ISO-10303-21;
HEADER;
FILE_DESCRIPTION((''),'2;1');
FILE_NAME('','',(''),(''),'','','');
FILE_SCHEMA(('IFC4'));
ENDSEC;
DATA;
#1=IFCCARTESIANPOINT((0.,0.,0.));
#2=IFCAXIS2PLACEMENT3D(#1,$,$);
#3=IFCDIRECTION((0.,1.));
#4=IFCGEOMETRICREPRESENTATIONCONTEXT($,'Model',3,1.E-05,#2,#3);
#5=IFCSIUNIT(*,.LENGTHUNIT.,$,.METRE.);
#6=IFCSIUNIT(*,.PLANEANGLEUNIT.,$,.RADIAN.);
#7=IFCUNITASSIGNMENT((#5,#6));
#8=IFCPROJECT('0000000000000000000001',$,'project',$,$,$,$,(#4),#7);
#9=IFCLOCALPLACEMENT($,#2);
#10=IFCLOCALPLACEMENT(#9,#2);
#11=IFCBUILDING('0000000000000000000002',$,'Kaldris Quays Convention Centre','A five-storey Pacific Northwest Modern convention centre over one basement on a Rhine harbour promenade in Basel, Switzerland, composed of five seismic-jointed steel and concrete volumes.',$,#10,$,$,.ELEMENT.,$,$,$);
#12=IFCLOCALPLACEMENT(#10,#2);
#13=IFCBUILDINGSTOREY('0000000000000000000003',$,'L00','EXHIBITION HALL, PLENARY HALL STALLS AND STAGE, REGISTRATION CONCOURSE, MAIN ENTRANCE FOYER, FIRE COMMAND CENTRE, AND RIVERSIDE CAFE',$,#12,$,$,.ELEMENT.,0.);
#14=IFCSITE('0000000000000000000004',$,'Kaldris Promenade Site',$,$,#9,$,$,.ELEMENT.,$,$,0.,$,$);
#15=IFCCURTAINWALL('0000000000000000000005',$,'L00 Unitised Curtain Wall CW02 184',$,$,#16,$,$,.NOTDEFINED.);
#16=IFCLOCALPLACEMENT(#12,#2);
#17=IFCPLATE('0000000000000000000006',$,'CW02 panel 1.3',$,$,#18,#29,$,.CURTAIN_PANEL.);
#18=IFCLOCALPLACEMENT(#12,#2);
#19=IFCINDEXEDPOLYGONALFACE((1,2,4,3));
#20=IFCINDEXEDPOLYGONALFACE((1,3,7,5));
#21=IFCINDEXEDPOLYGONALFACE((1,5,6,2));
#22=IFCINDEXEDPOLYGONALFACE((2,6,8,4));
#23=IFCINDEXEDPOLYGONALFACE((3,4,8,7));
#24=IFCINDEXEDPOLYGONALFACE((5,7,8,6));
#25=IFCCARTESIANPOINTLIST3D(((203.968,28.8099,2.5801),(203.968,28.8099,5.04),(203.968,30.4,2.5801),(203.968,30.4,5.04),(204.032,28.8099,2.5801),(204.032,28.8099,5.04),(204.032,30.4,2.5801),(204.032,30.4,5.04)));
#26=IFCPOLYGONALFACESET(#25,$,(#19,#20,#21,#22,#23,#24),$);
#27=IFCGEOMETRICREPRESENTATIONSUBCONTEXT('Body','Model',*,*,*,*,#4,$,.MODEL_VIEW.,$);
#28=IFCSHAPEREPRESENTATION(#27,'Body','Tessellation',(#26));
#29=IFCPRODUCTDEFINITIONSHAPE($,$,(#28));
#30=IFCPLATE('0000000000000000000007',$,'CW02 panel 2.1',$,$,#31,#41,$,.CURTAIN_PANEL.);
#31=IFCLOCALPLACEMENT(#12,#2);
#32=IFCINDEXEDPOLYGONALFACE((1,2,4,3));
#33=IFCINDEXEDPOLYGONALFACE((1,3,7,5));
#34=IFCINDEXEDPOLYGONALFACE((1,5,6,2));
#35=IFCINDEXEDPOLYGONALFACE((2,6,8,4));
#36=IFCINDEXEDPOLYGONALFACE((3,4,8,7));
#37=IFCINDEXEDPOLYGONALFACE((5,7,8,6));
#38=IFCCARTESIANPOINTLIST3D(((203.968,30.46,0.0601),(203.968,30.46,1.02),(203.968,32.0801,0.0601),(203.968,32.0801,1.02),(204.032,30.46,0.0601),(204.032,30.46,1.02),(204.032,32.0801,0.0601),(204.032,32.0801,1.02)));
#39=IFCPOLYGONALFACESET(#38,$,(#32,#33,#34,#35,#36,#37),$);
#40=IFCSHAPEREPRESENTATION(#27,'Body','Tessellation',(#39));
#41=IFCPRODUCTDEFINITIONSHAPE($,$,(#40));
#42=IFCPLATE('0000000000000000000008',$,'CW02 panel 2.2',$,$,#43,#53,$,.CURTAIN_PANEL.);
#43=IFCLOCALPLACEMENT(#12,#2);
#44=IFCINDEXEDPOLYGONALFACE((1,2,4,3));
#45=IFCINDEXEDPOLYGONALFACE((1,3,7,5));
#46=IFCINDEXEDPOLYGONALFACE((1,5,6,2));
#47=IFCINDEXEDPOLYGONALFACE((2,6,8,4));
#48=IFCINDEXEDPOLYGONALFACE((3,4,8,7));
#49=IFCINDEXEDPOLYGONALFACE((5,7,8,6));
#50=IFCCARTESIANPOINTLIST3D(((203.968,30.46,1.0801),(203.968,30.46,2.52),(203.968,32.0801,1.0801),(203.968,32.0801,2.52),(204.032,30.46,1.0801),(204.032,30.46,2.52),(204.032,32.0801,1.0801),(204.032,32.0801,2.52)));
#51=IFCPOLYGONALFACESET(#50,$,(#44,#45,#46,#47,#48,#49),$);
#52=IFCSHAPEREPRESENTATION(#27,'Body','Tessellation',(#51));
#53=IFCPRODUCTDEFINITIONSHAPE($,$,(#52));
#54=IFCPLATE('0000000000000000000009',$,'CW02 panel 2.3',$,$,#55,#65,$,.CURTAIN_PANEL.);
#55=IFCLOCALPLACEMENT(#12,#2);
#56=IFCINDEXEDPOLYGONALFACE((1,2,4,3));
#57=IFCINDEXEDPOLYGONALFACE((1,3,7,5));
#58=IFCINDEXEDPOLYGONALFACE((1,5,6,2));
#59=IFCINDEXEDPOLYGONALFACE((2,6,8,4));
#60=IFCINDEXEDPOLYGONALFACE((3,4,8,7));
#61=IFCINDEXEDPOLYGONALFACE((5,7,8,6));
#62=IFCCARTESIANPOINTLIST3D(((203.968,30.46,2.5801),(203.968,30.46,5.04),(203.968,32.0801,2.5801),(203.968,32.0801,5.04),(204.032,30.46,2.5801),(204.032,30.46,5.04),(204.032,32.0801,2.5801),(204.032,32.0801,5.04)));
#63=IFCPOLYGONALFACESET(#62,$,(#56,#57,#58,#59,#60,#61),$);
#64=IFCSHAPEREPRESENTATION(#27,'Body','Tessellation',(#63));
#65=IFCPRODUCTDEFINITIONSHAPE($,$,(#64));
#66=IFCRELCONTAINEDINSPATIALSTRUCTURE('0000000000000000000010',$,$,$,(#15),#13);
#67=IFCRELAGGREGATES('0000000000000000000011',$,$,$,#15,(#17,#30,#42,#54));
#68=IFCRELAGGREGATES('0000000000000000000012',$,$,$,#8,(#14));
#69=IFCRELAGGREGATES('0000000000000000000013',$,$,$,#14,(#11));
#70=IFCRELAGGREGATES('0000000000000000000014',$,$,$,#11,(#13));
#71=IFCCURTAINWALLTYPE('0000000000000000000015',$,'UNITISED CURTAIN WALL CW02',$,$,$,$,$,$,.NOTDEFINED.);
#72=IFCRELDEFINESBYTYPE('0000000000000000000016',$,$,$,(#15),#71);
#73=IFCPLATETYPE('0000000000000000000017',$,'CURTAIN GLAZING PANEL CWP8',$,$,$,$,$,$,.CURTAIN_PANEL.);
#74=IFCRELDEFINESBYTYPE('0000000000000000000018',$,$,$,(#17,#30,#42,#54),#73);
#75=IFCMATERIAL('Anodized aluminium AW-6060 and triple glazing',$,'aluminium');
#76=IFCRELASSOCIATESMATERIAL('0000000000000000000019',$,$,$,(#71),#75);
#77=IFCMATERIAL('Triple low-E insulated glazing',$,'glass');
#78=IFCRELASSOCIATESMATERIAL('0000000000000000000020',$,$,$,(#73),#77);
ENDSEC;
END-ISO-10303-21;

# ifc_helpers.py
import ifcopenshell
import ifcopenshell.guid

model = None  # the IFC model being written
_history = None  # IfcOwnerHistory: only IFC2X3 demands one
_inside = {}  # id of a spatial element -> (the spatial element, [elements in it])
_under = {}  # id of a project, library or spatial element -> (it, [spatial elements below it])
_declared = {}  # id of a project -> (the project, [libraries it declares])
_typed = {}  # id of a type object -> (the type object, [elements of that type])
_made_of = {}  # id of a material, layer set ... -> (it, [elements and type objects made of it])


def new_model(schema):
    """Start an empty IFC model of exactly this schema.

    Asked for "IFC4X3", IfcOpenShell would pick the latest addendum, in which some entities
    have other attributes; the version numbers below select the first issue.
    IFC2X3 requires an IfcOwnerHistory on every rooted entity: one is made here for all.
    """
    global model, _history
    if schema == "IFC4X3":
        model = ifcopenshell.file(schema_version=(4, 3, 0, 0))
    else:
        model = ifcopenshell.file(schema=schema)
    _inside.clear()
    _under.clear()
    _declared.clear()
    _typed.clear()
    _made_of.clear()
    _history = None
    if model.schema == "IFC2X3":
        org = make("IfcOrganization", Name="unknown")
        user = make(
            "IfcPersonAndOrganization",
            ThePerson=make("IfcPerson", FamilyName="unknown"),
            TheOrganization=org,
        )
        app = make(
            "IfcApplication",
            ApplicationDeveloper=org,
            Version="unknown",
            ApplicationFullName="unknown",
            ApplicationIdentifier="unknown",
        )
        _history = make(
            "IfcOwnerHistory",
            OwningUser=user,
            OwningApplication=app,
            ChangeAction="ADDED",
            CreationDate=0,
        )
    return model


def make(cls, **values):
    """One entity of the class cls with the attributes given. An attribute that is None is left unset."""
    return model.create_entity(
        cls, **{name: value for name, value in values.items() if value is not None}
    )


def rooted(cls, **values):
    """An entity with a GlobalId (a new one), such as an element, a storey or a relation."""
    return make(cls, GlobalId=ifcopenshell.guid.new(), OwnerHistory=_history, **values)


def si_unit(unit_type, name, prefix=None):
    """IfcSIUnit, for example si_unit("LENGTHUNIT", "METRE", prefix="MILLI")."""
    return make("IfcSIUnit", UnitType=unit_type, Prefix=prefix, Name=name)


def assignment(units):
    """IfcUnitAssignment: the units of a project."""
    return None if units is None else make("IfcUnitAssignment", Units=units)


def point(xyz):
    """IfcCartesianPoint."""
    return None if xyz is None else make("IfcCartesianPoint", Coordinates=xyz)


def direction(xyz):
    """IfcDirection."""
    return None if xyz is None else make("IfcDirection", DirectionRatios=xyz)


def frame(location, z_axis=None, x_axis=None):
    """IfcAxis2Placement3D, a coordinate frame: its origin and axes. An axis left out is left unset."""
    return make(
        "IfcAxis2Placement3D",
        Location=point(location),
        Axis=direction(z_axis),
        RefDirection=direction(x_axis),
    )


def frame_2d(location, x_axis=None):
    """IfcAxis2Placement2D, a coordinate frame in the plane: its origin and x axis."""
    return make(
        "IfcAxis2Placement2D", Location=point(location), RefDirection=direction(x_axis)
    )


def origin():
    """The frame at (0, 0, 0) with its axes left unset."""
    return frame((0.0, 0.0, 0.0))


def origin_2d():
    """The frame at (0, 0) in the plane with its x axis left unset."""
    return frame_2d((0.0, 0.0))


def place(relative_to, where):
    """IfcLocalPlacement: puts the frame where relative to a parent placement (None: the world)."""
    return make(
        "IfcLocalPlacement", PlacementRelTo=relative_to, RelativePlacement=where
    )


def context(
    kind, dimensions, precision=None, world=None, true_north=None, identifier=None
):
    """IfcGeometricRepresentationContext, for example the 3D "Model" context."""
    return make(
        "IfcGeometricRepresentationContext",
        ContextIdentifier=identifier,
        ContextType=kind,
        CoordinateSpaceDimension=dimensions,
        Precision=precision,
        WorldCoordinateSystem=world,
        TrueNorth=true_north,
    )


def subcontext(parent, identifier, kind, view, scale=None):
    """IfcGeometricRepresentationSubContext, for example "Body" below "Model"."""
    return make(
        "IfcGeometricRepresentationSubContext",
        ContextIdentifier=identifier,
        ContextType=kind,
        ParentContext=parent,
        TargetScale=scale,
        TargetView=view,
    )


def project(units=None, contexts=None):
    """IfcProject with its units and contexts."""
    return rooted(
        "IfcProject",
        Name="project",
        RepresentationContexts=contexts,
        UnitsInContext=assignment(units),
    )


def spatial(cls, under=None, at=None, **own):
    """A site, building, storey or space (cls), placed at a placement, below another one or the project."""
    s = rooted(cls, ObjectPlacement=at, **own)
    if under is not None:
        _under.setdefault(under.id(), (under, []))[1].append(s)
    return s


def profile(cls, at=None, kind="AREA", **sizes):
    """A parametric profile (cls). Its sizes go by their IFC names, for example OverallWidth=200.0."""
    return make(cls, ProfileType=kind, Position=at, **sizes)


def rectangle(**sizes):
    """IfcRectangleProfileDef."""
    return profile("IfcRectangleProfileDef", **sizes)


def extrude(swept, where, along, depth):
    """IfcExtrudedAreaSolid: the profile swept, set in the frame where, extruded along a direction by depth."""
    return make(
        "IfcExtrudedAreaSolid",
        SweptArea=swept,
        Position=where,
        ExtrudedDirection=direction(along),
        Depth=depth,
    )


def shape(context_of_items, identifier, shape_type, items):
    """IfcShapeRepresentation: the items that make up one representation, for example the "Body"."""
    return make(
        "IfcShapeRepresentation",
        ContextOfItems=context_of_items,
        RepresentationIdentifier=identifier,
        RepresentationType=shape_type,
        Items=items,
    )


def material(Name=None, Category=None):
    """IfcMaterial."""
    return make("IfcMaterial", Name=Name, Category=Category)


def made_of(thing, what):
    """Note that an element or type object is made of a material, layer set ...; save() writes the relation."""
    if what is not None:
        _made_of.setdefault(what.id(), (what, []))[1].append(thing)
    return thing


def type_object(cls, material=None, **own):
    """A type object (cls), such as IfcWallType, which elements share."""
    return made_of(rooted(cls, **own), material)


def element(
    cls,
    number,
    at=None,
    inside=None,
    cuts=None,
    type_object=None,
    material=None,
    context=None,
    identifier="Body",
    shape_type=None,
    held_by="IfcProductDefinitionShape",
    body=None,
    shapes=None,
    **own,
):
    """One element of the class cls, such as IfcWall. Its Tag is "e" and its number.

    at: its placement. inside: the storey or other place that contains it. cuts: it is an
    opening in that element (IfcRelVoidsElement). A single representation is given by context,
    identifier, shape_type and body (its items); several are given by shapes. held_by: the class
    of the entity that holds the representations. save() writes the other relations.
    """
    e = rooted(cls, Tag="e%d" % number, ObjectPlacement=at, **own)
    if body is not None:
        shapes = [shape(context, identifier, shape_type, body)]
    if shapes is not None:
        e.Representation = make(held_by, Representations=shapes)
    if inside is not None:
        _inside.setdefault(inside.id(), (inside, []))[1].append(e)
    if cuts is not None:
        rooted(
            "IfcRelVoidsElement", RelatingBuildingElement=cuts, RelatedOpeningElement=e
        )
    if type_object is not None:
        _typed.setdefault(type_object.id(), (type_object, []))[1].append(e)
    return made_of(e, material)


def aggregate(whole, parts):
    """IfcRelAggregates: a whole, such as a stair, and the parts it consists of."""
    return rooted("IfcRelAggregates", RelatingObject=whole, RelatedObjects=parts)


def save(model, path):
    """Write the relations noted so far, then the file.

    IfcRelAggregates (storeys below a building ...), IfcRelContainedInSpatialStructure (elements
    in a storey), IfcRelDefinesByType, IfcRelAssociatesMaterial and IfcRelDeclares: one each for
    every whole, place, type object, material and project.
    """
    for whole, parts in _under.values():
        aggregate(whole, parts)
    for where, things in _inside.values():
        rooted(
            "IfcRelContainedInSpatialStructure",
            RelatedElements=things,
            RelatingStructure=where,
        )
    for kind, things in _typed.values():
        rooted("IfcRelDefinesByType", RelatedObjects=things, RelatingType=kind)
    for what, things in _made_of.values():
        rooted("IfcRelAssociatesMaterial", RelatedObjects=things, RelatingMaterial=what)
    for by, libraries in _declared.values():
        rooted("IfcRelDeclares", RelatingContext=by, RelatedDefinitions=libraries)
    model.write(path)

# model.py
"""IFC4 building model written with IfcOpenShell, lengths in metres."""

from ifc_helpers import new_model, si_unit, direction, frame, origin, origin_2d, place, context, subcontext, project, spatial, rectangle, extrude, material, type_object, element, aggregate, save


model = new_model("IFC4")

# Units and contexts
model_context = context("Model", 3, precision=1e-05, world=origin(), true_north=direction((0.0, 1.0)))
body_context = subcontext(model_context, "Body", "Model", "MODEL_VIEW")
ifc_project = project(units=[si_unit("LENGTHUNIT", "METRE"), si_unit("PLANEANGLEUNIT", "RADIAN")], contexts=[model_context])

# Site, building, storey
site_placement = place(None, origin())
site = spatial("IfcSite", under=ifc_project, at=site_placement, Name="Kaldris Promenade Site", CompositionType="ELEMENT", RefElevation=0.0)
building_placement = place(site_placement, origin())
building = spatial("IfcBuilding", under=site, at=building_placement, Name="Kaldris Quays Convention Centre", Description="A five-storey Pacific Northwest Modern convention centre over one basement on a Rhine harbour promenade in Basel, Switzerland, composed of five seismic-jointed steel and concrete volumes.", CompositionType="ELEMENT")
storey_placement = place(building_placement, origin())
storey = spatial("IfcBuildingStorey", under=building, at=storey_placement, Name="L00", Description="EXHIBITION HALL, PLENARY HALL STALLS AND STAGE, REGISTRATION CONCOURSE, MAIN ENTRANCE FOYER, FIRE COMMAND CENTRE, AND RIVERSIDE CAFE", CompositionType="ELEMENT", Elevation=0.0)

# Shared definitions
ifc_material_1 = material(Name="Anodized aluminium AW-6060 and triple glazing", Category="aluminium")
curtain_wall_type = type_object("IfcCurtainWallType", Name="UNITISED CURTAIN WALL CW02", PredefinedType="NOTDEFINED", material=ifc_material_1)

# Curtain wall
curtain_wall_1_placement = place(storey_placement, origin())
curtain_wall_1 = element("IfcCurtainWall", 1, at=curtain_wall_1_placement, inside=storey, type_object=curtain_wall_type, Name="L00 Unitised Curtain Wall CW02 184", PredefinedType="NOTDEFINED")

# Plates
ifc_material_2 = material(Name="Triple low-E insulated glazing", Category="glass")
plate_type_1 = type_object("IfcPlateType", Name="CURTAIN GLAZING PANEL CWP8", PredefinedType="CURTAIN_PANEL", material=ifc_material_2)
plate_1_placement = place(storey_placement, frame((204.0, 29.605, 2.5801), z_axis=(0.0, 0.0, 1.0), x_axis=(0.0, 1.0, 0.0)))
plate_1 = element("IfcPlate", 2, at=plate_1_placement, type_object=plate_type_1, Name="CW02 panel 1.3", PredefinedType="CURTAIN_PANEL", context=body_context, shape_type="SweptSolid", body=[
    extrude(rectangle(XDim=1.5901, YDim=0.064, at=origin_2d()), origin(), (0.0, 0.0, 1.0), 2.46),
])
plate_2_placement = place(storey_placement, frame((204.0, 31.27, 0.0601), z_axis=(0.0, 0.0, 1.0), x_axis=(0.0, 1.0, 0.0)))
plate_2 = element("IfcPlate", 3, at=plate_2_placement, type_object=plate_type_1, Name="CW02 panel 2.1", PredefinedType="CURTAIN_PANEL", context=body_context, shape_type="SweptSolid", body=[
    extrude(rectangle(XDim=1.6201, YDim=0.064, at=origin_2d()), origin(), (0.0, 0.0, 1.0), 0.96),
])
plate_3_placement = place(storey_placement, frame((204.0, 31.27, 1.0801), z_axis=(0.0, 0.0, 1.0), x_axis=(0.0, 1.0, 0.0)))
plate_3 = element("IfcPlate", 4, at=plate_3_placement, type_object=plate_type_1, Name="CW02 panel 2.2", PredefinedType="CURTAIN_PANEL", context=body_context, shape_type="SweptSolid", body=[
    extrude(rectangle(XDim=1.6201, YDim=0.064, at=origin_2d()), origin(), (0.0, 0.0, 1.0), 1.4399),
])
plate_4_placement = place(storey_placement, frame((204.0, 31.27, 2.5801), z_axis=(0.0, 0.0, 1.0), x_axis=(0.0, 1.0, 0.0)))
plate_4 = element("IfcPlate", 5, at=plate_4_placement, type_object=plate_type_1, Name="CW02 panel 2.3", PredefinedType="CURTAIN_PANEL", context=body_context, shape_type="SweptSolid", body=[
    extrude(rectangle(XDim=1.6201, YDim=0.064, at=origin_2d()), origin(), (0.0, 0.0, 1.0), 2.46),
])
aggregate(curtain_wall_1, [plate_1, plate_2, plate_3, plate_4])

save(model, "model.ifc")
